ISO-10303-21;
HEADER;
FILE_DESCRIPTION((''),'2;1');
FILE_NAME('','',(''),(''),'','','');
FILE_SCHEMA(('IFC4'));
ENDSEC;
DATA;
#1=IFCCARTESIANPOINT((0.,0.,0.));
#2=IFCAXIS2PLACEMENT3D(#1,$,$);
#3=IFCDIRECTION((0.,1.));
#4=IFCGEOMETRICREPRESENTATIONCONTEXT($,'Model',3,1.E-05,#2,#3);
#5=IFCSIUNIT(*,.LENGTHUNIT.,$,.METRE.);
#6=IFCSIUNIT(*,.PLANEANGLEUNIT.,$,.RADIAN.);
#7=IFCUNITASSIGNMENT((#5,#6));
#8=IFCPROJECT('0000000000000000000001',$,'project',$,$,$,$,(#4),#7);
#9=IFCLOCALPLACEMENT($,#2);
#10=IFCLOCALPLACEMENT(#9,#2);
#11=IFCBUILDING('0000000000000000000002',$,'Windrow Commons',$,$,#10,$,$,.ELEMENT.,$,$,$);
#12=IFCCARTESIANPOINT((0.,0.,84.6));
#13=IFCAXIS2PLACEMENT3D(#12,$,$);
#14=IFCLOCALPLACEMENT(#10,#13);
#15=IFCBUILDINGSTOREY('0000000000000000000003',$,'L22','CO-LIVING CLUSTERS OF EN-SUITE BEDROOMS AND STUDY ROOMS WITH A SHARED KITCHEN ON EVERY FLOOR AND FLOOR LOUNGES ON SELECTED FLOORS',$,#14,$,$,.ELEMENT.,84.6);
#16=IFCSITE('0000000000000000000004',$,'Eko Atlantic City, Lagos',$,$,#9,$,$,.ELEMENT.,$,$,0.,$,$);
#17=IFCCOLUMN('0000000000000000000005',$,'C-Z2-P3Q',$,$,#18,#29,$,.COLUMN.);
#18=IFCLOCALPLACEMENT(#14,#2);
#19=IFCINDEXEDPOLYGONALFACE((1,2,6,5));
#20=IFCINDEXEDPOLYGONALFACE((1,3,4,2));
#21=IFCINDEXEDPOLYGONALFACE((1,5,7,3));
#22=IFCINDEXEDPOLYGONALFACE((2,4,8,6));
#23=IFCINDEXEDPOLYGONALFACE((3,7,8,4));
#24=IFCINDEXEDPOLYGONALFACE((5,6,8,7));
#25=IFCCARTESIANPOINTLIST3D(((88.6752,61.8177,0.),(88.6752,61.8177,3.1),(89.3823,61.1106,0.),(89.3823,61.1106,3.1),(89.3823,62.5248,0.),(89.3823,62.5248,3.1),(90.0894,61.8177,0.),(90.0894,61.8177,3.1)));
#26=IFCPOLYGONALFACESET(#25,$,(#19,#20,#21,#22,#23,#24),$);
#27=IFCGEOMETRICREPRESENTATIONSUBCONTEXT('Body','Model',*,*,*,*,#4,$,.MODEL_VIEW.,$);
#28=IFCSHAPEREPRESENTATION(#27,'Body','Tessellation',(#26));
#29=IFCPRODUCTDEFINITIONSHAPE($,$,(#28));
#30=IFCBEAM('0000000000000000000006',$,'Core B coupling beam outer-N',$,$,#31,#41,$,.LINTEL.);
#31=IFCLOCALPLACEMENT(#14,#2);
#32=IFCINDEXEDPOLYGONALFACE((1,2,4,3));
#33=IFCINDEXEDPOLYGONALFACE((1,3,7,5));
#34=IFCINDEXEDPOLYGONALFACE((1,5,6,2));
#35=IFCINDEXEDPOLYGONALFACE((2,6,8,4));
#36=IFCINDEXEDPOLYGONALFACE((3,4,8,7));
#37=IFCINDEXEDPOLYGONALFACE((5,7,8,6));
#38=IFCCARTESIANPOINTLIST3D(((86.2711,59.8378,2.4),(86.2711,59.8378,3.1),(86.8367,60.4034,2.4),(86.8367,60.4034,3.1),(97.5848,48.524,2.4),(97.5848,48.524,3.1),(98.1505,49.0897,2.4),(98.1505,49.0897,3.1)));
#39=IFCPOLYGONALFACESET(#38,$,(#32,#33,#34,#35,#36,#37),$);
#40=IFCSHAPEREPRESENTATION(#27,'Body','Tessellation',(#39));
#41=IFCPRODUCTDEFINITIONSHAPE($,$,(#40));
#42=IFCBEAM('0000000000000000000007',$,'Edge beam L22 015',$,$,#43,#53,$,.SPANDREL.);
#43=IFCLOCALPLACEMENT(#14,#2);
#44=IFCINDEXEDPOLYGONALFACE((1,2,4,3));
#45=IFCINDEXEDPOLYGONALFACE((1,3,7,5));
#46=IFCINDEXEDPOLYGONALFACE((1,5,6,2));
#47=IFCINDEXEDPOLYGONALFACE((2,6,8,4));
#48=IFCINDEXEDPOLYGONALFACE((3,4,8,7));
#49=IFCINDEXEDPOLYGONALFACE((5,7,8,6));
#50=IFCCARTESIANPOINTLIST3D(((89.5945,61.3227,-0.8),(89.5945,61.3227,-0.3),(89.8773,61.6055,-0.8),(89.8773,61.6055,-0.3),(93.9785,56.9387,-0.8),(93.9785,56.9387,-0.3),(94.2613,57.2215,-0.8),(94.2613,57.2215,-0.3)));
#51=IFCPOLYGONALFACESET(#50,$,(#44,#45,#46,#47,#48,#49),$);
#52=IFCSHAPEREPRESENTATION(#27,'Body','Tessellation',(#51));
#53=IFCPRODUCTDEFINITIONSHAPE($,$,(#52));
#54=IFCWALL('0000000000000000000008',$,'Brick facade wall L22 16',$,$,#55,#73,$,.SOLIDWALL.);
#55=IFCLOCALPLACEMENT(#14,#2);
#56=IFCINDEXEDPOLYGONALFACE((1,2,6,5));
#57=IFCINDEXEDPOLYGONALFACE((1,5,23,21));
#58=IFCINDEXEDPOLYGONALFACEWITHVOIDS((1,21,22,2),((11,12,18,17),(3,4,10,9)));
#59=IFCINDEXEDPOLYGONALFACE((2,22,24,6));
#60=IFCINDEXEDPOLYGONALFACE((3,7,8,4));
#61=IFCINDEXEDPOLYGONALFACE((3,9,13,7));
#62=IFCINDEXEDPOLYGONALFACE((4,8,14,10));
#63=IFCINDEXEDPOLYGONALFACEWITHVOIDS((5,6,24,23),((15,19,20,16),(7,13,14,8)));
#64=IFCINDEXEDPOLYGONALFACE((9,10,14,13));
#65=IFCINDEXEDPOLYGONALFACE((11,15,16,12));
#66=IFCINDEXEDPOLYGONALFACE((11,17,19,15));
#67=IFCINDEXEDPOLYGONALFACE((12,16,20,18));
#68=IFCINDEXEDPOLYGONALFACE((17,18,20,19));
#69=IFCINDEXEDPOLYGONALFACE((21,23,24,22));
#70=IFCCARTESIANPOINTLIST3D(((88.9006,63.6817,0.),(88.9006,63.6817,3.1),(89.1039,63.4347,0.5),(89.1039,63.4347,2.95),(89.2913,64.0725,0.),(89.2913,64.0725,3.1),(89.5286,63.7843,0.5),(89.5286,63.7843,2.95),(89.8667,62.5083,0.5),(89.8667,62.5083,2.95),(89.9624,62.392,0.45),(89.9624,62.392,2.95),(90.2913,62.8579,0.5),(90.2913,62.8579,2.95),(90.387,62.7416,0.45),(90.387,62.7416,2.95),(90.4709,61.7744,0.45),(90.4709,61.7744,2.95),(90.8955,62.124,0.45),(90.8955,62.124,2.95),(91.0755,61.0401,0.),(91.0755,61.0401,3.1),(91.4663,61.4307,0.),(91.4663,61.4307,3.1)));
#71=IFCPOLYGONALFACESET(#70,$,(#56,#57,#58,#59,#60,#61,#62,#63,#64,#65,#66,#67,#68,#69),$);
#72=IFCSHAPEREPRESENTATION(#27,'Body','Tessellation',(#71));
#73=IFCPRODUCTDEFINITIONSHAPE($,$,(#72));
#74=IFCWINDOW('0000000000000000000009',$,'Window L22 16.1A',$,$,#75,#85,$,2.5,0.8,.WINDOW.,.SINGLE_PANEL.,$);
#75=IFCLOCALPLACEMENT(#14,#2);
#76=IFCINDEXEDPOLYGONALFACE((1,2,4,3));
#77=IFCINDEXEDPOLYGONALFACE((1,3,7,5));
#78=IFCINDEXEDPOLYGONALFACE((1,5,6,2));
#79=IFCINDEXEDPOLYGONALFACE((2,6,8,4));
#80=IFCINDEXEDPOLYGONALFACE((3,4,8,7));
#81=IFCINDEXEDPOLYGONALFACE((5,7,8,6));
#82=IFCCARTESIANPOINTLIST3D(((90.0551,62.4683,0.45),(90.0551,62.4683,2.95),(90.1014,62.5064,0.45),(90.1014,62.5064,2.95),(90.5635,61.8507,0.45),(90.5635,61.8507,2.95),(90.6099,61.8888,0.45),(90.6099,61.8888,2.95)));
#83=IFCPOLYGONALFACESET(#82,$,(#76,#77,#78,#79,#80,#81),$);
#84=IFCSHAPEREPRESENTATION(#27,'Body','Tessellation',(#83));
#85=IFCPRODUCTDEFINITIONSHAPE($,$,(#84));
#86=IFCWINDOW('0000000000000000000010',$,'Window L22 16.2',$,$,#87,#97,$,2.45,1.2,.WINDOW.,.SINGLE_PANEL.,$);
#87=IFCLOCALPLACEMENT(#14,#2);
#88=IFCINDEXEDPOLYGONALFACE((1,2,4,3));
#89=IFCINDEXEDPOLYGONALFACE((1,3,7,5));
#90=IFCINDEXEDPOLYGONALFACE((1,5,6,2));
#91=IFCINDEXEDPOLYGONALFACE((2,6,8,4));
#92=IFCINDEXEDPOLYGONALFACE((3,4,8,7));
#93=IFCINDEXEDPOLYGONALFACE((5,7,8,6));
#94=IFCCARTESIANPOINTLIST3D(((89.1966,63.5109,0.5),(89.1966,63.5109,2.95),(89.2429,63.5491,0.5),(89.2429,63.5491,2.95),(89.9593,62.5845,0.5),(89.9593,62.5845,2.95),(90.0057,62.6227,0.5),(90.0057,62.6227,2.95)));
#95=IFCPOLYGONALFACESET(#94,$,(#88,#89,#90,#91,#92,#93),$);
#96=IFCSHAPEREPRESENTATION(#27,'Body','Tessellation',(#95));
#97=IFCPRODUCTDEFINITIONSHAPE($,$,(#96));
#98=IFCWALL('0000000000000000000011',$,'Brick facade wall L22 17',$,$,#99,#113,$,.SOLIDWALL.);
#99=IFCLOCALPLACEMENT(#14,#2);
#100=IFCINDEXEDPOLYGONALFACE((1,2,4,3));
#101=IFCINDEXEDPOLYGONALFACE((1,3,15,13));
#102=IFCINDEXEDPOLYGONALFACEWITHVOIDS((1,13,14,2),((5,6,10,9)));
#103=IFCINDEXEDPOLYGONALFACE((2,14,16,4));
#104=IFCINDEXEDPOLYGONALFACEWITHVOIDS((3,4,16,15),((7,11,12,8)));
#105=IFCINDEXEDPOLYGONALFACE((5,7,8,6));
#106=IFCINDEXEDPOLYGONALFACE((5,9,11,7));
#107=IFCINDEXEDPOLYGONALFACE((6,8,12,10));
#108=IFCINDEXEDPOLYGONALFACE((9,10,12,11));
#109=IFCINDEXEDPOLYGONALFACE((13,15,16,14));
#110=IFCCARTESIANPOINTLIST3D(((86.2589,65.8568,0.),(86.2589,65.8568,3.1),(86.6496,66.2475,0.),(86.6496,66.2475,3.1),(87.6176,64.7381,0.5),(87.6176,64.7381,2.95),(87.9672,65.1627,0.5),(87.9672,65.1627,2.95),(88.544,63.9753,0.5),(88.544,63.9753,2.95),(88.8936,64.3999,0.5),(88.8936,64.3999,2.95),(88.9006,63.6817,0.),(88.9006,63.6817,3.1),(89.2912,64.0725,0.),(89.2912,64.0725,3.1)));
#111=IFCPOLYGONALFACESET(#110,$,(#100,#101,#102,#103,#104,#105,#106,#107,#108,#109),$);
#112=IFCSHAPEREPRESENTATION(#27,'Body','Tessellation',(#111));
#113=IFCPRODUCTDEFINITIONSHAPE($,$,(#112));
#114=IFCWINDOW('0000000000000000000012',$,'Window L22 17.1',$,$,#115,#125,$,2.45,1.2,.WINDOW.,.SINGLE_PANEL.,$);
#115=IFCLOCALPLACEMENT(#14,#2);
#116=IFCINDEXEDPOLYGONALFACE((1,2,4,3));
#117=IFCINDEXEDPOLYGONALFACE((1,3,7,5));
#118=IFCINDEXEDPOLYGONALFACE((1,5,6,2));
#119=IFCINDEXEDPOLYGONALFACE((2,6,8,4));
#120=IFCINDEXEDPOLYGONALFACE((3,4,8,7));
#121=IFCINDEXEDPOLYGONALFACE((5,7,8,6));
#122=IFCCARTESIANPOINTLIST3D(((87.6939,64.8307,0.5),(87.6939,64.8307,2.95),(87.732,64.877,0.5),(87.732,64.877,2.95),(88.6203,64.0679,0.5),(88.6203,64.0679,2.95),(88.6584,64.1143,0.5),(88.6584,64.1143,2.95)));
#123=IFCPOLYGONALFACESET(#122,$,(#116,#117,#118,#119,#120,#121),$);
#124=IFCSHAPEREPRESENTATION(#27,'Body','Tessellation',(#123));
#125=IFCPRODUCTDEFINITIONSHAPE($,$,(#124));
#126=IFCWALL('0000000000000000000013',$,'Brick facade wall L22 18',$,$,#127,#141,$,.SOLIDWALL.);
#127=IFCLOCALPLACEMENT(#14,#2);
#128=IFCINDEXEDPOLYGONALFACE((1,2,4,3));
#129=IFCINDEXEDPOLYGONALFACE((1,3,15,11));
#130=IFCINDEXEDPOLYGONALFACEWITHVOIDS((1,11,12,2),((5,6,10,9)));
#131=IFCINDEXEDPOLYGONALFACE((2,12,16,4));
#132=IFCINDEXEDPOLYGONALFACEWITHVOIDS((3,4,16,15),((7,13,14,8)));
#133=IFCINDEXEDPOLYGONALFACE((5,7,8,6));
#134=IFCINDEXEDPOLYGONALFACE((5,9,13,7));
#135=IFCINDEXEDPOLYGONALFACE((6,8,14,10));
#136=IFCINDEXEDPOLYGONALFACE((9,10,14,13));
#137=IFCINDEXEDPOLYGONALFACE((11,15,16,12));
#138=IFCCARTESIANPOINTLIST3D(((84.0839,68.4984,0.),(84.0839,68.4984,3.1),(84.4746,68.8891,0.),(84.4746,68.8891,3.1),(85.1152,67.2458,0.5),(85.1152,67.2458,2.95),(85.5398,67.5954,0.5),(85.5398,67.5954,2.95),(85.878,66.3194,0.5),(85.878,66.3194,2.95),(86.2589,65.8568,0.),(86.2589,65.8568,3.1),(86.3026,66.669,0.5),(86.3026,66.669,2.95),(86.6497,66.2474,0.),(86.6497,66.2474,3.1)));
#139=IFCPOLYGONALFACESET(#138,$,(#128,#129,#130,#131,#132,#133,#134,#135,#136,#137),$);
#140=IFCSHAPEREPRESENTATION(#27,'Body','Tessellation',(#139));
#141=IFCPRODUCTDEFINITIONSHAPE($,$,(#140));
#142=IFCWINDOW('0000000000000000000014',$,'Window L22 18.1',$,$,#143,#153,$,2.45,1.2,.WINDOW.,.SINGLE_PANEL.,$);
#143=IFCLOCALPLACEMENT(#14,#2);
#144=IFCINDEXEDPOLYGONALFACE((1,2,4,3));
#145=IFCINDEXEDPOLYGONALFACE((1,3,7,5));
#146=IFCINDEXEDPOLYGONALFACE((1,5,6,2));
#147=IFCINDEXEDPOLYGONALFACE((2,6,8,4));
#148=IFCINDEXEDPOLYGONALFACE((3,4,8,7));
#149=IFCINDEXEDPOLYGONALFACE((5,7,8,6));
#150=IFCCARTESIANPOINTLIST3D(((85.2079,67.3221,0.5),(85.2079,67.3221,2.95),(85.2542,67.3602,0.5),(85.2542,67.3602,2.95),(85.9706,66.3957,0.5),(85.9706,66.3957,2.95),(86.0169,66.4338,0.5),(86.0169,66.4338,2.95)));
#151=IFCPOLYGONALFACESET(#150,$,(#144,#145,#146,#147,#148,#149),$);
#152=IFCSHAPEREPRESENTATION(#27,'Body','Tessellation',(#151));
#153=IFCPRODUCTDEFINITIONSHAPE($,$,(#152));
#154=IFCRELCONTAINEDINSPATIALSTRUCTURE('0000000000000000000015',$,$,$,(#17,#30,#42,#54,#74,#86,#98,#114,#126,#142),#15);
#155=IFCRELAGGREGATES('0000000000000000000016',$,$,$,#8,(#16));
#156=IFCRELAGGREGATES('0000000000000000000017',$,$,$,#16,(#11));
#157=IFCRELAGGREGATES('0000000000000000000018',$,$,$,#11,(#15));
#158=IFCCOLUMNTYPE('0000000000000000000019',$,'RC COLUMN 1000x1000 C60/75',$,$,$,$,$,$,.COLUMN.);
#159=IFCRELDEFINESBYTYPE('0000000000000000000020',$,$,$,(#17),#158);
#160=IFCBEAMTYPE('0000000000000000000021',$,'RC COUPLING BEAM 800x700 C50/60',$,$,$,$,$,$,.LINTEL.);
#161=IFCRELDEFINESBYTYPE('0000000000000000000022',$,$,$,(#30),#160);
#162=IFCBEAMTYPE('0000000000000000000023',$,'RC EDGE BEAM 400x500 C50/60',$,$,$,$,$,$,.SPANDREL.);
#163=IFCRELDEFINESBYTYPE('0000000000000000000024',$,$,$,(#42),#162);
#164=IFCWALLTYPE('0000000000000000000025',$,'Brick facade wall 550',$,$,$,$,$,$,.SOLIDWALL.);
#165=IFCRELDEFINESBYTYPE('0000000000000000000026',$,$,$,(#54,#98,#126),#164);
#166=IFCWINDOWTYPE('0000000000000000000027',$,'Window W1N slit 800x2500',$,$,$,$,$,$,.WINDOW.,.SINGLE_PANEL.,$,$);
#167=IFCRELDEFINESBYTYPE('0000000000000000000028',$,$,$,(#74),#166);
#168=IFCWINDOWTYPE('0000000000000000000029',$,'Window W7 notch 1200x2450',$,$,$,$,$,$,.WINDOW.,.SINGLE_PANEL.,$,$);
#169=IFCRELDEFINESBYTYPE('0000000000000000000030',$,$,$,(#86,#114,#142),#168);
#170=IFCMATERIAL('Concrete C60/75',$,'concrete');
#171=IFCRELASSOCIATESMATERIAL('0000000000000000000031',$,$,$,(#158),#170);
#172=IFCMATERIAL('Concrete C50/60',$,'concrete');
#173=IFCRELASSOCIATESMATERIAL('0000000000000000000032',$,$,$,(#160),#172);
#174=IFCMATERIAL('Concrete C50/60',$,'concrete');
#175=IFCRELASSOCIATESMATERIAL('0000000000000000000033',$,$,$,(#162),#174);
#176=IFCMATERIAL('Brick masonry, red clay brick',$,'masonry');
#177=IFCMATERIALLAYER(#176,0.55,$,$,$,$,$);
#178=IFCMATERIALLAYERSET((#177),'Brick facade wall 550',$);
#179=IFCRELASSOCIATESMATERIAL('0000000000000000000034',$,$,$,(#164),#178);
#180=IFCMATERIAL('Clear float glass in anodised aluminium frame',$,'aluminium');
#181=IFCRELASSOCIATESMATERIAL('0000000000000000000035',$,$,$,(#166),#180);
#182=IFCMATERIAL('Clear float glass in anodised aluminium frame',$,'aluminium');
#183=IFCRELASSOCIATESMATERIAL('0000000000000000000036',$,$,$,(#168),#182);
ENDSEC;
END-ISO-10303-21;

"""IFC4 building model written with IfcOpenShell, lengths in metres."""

from ifc_helpers import new_model, si_unit, direction, frame, frame_2d, origin, origin_2d, place, context, subcontext, project, spatial, polyline, rectangle, outline, extrude, material, layer, layer_set, material_profile, profile_set, type_object, element, fill, save


model = new_model("IFC4")

# Units and contexts
model_context = context("Model", 3, precision=1e-05, world=origin(), true_north=direction((0.0, 1.0)))
body_context = subcontext(model_context, "Body", "Model", "MODEL_VIEW")
ifc_project = project(units=[si_unit("LENGTHUNIT", "METRE"), si_unit("PLANEANGLEUNIT", "RADIAN")], contexts=[model_context])

# Site, building, storey
site_placement = place(None, origin())
site = spatial("IfcSite", under=ifc_project, at=site_placement, Name="Eko Atlantic City, Lagos", CompositionType="ELEMENT", RefElevation=0.0)
building_placement = place(site_placement, origin())
building = spatial("IfcBuilding", under=site, at=building_placement, Name="Windrow Commons", CompositionType="ELEMENT")
storey_placement = place(building_placement, frame((0.0, 0.0, 84.6)))
storey = spatial("IfcBuildingStorey", under=building, at=storey_placement, Name="L22", Description="CO-LIVING CLUSTERS OF EN-SUITE BEDROOMS AND STUDY ROOMS WITH A SHARED KITCHEN ON EVERY FLOOR AND FLOOR LOUNGES ON SELECTED FLOORS", CompositionType="ELEMENT", Elevation=84.6)

# Column
ifc_material_1 = material(Name="Concrete C60/75", Category="concrete")
ifc_material_profile_1 = material_profile(ifc_material_1, rectangle(XDim=1.0, YDim=1.0, at=origin_2d()))
ifc_profile_set_1 = profile_set([ifc_material_profile_1], Name="Concrete C60/75")
column_type = type_object("IfcColumnType", Name="RC COLUMN 1000x1000 C60/75", PredefinedType="COLUMN", material=ifc_profile_set_1)
column_placement = place(storey_placement, frame((89.3823, 61.8177, 0.0), z_axis=(0.0, 0.0, 1.0), x_axis=(0.707107, -0.707107, 0.0)))
element("IfcColumn", 1, at=column_placement, inside=storey, type_object=column_type, Name="C-Z2-P3Q", PredefinedType="COLUMN", context=body_context, shape_type="SweptSolid", body=[
    extrude(rectangle(XDim=1.0, YDim=1.0, at=origin_2d()), origin(), (0.0, 0.0, 1.0), 3.1),
])

# Beams
ifc_material_2 = material(Name="Concrete C50/60", Category="concrete")
ifc_material_profile_2 = material_profile(ifc_material_2, rectangle(XDim=0.8, YDim=0.7, at=origin_2d()))
ifc_profile_set_2 = profile_set([ifc_material_profile_2], Name="Concrete C50/60")
beam_type_1 = type_object("IfcBeamType", Name="RC COUPLING BEAM 800x700 C50/60", PredefinedType="LINTEL", material=ifc_profile_set_2)
beam_1_placement = place(storey_placement, frame((86.5539, 60.1206, 2.75), z_axis=(0.707107, -0.707107, 0.0), x_axis=(0.707107, 0.707107, 0.0)))
element("IfcBeam", 2, at=beam_1_placement, inside=storey, type_object=beam_type_1, Name="Core B coupling beam outer-N", PredefinedType="LINTEL", context=body_context, shape_type="SweptSolid", body=[
    extrude(rectangle(XDim=0.8, YDim=0.7, at=origin_2d()), origin(), (0.0, 0.0, 1.0), 16.0),
])
ifc_material_3 = material(Name="Concrete C50/60", Category="concrete")
ifc_material_profile_3 = material_profile(ifc_material_3, rectangle(XDim=0.4, YDim=0.5, at=origin_2d()))
ifc_profile_set_3 = profile_set([ifc_material_profile_3], Name="Concrete C50/60")
beam_type_2 = type_object("IfcBeamType", Name="RC EDGE BEAM 400x500 C50/60", PredefinedType="SPANDREL", material=ifc_profile_set_3)
beam_2_placement = place(storey_placement, frame((89.7359, 61.4641, -0.55), z_axis=(0.707107, -0.707107, 0.0), x_axis=(0.707107, 0.707107, 0.0)))
element("IfcBeam", 3, at=beam_2_placement, inside=storey, type_object=beam_type_2, Name="Edge beam L22 015", PredefinedType="SPANDREL", context=body_context, shape_type="SweptSolid", body=[
    extrude(rectangle(XDim=0.4, YDim=0.5, at=origin_2d()), origin(), (0.0, 0.0, 1.0), 6.1999),
])

# Wall, openings, windows
ifc_material_4 = material(Name="Brick masonry, red clay brick", Category="masonry")
ifc_layer_1 = layer(ifc_material_4, 0.55)
ifc_layer_set_1 = layer_set([ifc_layer_1], Name="Brick facade wall 550")
wall_type_1 = type_object("IfcWallType", Name="Brick facade wall 550", PredefinedType="SOLIDWALL", material=ifc_layer_set_1)
wall_1_placement = place(storey_placement, frame((91.2709, 61.2354, 0.0), z_axis=(0.0, 0.0, 1.0), x_axis=(-0.635617, 0.772004, 0.0)))
wall_1 = element("IfcWall", 4, at=wall_1_placement, inside=storey, type_object=wall_type_1, Name="Brick facade wall L22 16", PredefinedType="SOLIDWALL", context=body_context, shape_type="SweptSolid", body=[
    extrude(outline(polyline([(0.0266, -0.275), (3.4485, -0.275), (3.3952, 0.275), (-0.0266, 0.275), (0.0266, -0.275)])), origin(), (0.0, 0.0, 1.0), 3.1),
])
opening_1_placement = place(wall_1_placement, frame((1.8752, 0.0, 0.5)))
opening_1 = element("IfcOpeningElement", 5, at=opening_1_placement, cuts=wall_1, PredefinedType="OPENING", context=body_context, shape_type="SweptSolid", body=[
    extrude(rectangle(XDim=1.2, YDim=2.45, at=frame_2d((0.6, 1.225))), frame((0.0, 0.285, 0.0), z_axis=(0.0, -1.0, 0.0), x_axis=(1.0, 0.0, 0.0)), (0.0, 0.0, 1.0), 0.57),
])
opening_2_placement = place(wall_1_placement, frame((0.9246, 0.0, 0.45)))
opening_2 = element("IfcOpeningElement", 6, at=opening_2_placement, cuts=wall_1, PredefinedType="OPENING", context=body_context, shape_type="SweptSolid", body=[
    extrude(rectangle(XDim=0.8, YDim=2.5, at=frame_2d((0.4, 1.25))), frame((0.0, 0.285, 0.0), z_axis=(0.0, -1.0, 0.0), x_axis=(1.0, 0.0, 0.0)), (0.0, 0.0, 1.0), 0.57),
])
ifc_material_5 = material(Name="Clear float glass in anodised aluminium frame", Category="aluminium")
window_type_1 = type_object("IfcWindowType", Name="Window W1N slit 800x2500", PartitioningType="SINGLE_PANEL", PredefinedType="WINDOW", material=ifc_material_5)
window_1_placement = place(opening_2_placement, origin())
window_1 = element("IfcWindow", 7, at=window_1_placement, inside=storey, type_object=window_type_1, Name="Window L22 16.1A", OverallHeight=2.5, OverallWidth=0.8, PartitioningType="SINGLE_PANEL", PredefinedType="WINDOW", context=body_context, shape_type="SweptSolid", body=[
    extrude(rectangle(XDim=0.8, YDim=2.5, at=frame_2d((0.4, 1.25))), frame((0.0, 0.155, 0.0), z_axis=(0.0, -1.0, 0.0), x_axis=(1.0, 0.0, 0.0)), (0.0, 0.0, 1.0), 0.06),
])
fill(opening_2, window_1)
ifc_material_6 = material(Name="Clear float glass in anodised aluminium frame", Category="aluminium")
window_type_2 = type_object("IfcWindowType", Name="Window W7 notch 1200x2450", PartitioningType="SINGLE_PANEL", PredefinedType="WINDOW", material=ifc_material_6)
window_2_placement = place(opening_1_placement, origin())
window_2 = element("IfcWindow", 8, at=window_2_placement, inside=storey, type_object=window_type_2, Name="Window L22 16.2", OverallHeight=2.45, OverallWidth=1.2, PartitioningType="SINGLE_PANEL", PredefinedType="WINDOW", context=body_context, shape_type="SweptSolid", body=[
    extrude(rectangle(XDim=1.2, YDim=2.45, at=frame_2d((0.6, 1.225))), frame((0.0, 0.155, 0.0), z_axis=(0.0, -1.0, 0.0), x_axis=(1.0, 0.0, 0.0)), (0.0, 0.0, 1.0), 0.06),
])
fill(opening_1, window_2)

# Walls, openings, windows
wall_2_placement = place(storey_placement, frame((89.0959, 63.8771, 0.0), z_axis=(0.0, 0.0, 1.0), x_axis=(-0.771993, 0.635631, 0.0)))
wall_2 = element("IfcWall", 9, at=wall_2_placement, inside=storey, type_object=wall_type_1, Name="Brick facade wall L22 17", PredefinedType="SOLIDWALL", context=body_context, shape_type="SweptSolid", body=[
    extrude(outline(polyline([(-0.0266, -0.275), (3.3952, -0.275), (3.4485, 0.275), (0.0266, 0.275), (-0.0266, -0.275)])), origin(), (0.0, 0.0, 1.0), 3.1),
])
opening_3_placement = place(wall_2_placement, frame((0.4885, 0.0, 0.5)))
opening_3 = element("IfcOpeningElement", 10, at=opening_3_placement, cuts=wall_2, PredefinedType="OPENING", context=body_context, shape_type="SweptSolid", body=[
    extrude(rectangle(XDim=1.2, YDim=2.45, at=frame_2d((0.6, 1.225))), frame((0.0, 0.285, 0.0), z_axis=(0.0, -1.0, 0.0), x_axis=(1.0, 0.0, 0.0)), (0.0, 0.0, 1.0), 0.57),
])
window_3_placement = place(opening_3_placement, origin())
window_3 = element("IfcWindow", 11, at=window_3_placement, inside=storey, type_object=window_type_2, Name="Window L22 17.1", OverallHeight=2.45, OverallWidth=1.2, PartitioningType="SINGLE_PANEL", PredefinedType="WINDOW", context=body_context, shape_type="SweptSolid", body=[
    extrude(rectangle(XDim=1.2, YDim=2.45, at=frame_2d((0.6, 1.225))), frame((0.0, 0.155, 0.0), z_axis=(0.0, -1.0, 0.0), x_axis=(1.0, 0.0, 0.0)), (0.0, 0.0, 1.0), 0.06),
])
fill(opening_3, window_3)
wall_3_placement = place(storey_placement, frame((86.4543, 66.0521, 0.0), z_axis=(0.0, 0.0, 1.0), x_axis=(-0.635631, 0.771993, 0.0)))
wall_3 = element("IfcWall", 12, at=wall_3_placement, inside=storey, type_object=wall_type_1, Name="Brick facade wall L22 18", PredefinedType="SOLIDWALL", context=body_context, shape_type="SweptSolid", body=[
    extrude(outline(polyline([(0.0266, -0.275), (3.4485, -0.275), (3.3952, 0.275), (-0.0266, 0.275), (0.0266, -0.275)])), origin(), (0.0, 0.0, 1.0), 3.1),
])
opening_4_placement = place(wall_3_placement, frame((0.5727, 0.0, 0.5)))
opening_4 = element("IfcOpeningElement", 13, at=opening_4_placement, cuts=wall_3, PredefinedType="OPENING", context=body_context, shape_type="SweptSolid", body=[
    extrude(rectangle(XDim=1.2, YDim=2.45, at=frame_2d((0.6, 1.225))), frame((0.0, 0.285, 0.0), z_axis=(0.0, -1.0, 0.0), x_axis=(1.0, 0.0, 0.0)), (0.0, 0.0, 1.0), 0.57),
])
window_4_placement = place(opening_4_placement, origin())
window_4 = element("IfcWindow", 14, at=window_4_placement, inside=storey, type_object=window_type_2, Name="Window L22 18.1", OverallHeight=2.45, OverallWidth=1.2, PartitioningType="SINGLE_PANEL", PredefinedType="WINDOW", context=body_context, shape_type="SweptSolid", body=[
    extrude(rectangle(XDim=1.2, YDim=2.45, at=frame_2d((0.6, 1.225))), frame((0.0, 0.155, 0.0), z_axis=(0.0, -1.0, 0.0), x_axis=(1.0, 0.0, 0.0)), (0.0, 0.0, 1.0), 0.06),
])
fill(opening_4, window_4)

save(model, "model.ifc")
